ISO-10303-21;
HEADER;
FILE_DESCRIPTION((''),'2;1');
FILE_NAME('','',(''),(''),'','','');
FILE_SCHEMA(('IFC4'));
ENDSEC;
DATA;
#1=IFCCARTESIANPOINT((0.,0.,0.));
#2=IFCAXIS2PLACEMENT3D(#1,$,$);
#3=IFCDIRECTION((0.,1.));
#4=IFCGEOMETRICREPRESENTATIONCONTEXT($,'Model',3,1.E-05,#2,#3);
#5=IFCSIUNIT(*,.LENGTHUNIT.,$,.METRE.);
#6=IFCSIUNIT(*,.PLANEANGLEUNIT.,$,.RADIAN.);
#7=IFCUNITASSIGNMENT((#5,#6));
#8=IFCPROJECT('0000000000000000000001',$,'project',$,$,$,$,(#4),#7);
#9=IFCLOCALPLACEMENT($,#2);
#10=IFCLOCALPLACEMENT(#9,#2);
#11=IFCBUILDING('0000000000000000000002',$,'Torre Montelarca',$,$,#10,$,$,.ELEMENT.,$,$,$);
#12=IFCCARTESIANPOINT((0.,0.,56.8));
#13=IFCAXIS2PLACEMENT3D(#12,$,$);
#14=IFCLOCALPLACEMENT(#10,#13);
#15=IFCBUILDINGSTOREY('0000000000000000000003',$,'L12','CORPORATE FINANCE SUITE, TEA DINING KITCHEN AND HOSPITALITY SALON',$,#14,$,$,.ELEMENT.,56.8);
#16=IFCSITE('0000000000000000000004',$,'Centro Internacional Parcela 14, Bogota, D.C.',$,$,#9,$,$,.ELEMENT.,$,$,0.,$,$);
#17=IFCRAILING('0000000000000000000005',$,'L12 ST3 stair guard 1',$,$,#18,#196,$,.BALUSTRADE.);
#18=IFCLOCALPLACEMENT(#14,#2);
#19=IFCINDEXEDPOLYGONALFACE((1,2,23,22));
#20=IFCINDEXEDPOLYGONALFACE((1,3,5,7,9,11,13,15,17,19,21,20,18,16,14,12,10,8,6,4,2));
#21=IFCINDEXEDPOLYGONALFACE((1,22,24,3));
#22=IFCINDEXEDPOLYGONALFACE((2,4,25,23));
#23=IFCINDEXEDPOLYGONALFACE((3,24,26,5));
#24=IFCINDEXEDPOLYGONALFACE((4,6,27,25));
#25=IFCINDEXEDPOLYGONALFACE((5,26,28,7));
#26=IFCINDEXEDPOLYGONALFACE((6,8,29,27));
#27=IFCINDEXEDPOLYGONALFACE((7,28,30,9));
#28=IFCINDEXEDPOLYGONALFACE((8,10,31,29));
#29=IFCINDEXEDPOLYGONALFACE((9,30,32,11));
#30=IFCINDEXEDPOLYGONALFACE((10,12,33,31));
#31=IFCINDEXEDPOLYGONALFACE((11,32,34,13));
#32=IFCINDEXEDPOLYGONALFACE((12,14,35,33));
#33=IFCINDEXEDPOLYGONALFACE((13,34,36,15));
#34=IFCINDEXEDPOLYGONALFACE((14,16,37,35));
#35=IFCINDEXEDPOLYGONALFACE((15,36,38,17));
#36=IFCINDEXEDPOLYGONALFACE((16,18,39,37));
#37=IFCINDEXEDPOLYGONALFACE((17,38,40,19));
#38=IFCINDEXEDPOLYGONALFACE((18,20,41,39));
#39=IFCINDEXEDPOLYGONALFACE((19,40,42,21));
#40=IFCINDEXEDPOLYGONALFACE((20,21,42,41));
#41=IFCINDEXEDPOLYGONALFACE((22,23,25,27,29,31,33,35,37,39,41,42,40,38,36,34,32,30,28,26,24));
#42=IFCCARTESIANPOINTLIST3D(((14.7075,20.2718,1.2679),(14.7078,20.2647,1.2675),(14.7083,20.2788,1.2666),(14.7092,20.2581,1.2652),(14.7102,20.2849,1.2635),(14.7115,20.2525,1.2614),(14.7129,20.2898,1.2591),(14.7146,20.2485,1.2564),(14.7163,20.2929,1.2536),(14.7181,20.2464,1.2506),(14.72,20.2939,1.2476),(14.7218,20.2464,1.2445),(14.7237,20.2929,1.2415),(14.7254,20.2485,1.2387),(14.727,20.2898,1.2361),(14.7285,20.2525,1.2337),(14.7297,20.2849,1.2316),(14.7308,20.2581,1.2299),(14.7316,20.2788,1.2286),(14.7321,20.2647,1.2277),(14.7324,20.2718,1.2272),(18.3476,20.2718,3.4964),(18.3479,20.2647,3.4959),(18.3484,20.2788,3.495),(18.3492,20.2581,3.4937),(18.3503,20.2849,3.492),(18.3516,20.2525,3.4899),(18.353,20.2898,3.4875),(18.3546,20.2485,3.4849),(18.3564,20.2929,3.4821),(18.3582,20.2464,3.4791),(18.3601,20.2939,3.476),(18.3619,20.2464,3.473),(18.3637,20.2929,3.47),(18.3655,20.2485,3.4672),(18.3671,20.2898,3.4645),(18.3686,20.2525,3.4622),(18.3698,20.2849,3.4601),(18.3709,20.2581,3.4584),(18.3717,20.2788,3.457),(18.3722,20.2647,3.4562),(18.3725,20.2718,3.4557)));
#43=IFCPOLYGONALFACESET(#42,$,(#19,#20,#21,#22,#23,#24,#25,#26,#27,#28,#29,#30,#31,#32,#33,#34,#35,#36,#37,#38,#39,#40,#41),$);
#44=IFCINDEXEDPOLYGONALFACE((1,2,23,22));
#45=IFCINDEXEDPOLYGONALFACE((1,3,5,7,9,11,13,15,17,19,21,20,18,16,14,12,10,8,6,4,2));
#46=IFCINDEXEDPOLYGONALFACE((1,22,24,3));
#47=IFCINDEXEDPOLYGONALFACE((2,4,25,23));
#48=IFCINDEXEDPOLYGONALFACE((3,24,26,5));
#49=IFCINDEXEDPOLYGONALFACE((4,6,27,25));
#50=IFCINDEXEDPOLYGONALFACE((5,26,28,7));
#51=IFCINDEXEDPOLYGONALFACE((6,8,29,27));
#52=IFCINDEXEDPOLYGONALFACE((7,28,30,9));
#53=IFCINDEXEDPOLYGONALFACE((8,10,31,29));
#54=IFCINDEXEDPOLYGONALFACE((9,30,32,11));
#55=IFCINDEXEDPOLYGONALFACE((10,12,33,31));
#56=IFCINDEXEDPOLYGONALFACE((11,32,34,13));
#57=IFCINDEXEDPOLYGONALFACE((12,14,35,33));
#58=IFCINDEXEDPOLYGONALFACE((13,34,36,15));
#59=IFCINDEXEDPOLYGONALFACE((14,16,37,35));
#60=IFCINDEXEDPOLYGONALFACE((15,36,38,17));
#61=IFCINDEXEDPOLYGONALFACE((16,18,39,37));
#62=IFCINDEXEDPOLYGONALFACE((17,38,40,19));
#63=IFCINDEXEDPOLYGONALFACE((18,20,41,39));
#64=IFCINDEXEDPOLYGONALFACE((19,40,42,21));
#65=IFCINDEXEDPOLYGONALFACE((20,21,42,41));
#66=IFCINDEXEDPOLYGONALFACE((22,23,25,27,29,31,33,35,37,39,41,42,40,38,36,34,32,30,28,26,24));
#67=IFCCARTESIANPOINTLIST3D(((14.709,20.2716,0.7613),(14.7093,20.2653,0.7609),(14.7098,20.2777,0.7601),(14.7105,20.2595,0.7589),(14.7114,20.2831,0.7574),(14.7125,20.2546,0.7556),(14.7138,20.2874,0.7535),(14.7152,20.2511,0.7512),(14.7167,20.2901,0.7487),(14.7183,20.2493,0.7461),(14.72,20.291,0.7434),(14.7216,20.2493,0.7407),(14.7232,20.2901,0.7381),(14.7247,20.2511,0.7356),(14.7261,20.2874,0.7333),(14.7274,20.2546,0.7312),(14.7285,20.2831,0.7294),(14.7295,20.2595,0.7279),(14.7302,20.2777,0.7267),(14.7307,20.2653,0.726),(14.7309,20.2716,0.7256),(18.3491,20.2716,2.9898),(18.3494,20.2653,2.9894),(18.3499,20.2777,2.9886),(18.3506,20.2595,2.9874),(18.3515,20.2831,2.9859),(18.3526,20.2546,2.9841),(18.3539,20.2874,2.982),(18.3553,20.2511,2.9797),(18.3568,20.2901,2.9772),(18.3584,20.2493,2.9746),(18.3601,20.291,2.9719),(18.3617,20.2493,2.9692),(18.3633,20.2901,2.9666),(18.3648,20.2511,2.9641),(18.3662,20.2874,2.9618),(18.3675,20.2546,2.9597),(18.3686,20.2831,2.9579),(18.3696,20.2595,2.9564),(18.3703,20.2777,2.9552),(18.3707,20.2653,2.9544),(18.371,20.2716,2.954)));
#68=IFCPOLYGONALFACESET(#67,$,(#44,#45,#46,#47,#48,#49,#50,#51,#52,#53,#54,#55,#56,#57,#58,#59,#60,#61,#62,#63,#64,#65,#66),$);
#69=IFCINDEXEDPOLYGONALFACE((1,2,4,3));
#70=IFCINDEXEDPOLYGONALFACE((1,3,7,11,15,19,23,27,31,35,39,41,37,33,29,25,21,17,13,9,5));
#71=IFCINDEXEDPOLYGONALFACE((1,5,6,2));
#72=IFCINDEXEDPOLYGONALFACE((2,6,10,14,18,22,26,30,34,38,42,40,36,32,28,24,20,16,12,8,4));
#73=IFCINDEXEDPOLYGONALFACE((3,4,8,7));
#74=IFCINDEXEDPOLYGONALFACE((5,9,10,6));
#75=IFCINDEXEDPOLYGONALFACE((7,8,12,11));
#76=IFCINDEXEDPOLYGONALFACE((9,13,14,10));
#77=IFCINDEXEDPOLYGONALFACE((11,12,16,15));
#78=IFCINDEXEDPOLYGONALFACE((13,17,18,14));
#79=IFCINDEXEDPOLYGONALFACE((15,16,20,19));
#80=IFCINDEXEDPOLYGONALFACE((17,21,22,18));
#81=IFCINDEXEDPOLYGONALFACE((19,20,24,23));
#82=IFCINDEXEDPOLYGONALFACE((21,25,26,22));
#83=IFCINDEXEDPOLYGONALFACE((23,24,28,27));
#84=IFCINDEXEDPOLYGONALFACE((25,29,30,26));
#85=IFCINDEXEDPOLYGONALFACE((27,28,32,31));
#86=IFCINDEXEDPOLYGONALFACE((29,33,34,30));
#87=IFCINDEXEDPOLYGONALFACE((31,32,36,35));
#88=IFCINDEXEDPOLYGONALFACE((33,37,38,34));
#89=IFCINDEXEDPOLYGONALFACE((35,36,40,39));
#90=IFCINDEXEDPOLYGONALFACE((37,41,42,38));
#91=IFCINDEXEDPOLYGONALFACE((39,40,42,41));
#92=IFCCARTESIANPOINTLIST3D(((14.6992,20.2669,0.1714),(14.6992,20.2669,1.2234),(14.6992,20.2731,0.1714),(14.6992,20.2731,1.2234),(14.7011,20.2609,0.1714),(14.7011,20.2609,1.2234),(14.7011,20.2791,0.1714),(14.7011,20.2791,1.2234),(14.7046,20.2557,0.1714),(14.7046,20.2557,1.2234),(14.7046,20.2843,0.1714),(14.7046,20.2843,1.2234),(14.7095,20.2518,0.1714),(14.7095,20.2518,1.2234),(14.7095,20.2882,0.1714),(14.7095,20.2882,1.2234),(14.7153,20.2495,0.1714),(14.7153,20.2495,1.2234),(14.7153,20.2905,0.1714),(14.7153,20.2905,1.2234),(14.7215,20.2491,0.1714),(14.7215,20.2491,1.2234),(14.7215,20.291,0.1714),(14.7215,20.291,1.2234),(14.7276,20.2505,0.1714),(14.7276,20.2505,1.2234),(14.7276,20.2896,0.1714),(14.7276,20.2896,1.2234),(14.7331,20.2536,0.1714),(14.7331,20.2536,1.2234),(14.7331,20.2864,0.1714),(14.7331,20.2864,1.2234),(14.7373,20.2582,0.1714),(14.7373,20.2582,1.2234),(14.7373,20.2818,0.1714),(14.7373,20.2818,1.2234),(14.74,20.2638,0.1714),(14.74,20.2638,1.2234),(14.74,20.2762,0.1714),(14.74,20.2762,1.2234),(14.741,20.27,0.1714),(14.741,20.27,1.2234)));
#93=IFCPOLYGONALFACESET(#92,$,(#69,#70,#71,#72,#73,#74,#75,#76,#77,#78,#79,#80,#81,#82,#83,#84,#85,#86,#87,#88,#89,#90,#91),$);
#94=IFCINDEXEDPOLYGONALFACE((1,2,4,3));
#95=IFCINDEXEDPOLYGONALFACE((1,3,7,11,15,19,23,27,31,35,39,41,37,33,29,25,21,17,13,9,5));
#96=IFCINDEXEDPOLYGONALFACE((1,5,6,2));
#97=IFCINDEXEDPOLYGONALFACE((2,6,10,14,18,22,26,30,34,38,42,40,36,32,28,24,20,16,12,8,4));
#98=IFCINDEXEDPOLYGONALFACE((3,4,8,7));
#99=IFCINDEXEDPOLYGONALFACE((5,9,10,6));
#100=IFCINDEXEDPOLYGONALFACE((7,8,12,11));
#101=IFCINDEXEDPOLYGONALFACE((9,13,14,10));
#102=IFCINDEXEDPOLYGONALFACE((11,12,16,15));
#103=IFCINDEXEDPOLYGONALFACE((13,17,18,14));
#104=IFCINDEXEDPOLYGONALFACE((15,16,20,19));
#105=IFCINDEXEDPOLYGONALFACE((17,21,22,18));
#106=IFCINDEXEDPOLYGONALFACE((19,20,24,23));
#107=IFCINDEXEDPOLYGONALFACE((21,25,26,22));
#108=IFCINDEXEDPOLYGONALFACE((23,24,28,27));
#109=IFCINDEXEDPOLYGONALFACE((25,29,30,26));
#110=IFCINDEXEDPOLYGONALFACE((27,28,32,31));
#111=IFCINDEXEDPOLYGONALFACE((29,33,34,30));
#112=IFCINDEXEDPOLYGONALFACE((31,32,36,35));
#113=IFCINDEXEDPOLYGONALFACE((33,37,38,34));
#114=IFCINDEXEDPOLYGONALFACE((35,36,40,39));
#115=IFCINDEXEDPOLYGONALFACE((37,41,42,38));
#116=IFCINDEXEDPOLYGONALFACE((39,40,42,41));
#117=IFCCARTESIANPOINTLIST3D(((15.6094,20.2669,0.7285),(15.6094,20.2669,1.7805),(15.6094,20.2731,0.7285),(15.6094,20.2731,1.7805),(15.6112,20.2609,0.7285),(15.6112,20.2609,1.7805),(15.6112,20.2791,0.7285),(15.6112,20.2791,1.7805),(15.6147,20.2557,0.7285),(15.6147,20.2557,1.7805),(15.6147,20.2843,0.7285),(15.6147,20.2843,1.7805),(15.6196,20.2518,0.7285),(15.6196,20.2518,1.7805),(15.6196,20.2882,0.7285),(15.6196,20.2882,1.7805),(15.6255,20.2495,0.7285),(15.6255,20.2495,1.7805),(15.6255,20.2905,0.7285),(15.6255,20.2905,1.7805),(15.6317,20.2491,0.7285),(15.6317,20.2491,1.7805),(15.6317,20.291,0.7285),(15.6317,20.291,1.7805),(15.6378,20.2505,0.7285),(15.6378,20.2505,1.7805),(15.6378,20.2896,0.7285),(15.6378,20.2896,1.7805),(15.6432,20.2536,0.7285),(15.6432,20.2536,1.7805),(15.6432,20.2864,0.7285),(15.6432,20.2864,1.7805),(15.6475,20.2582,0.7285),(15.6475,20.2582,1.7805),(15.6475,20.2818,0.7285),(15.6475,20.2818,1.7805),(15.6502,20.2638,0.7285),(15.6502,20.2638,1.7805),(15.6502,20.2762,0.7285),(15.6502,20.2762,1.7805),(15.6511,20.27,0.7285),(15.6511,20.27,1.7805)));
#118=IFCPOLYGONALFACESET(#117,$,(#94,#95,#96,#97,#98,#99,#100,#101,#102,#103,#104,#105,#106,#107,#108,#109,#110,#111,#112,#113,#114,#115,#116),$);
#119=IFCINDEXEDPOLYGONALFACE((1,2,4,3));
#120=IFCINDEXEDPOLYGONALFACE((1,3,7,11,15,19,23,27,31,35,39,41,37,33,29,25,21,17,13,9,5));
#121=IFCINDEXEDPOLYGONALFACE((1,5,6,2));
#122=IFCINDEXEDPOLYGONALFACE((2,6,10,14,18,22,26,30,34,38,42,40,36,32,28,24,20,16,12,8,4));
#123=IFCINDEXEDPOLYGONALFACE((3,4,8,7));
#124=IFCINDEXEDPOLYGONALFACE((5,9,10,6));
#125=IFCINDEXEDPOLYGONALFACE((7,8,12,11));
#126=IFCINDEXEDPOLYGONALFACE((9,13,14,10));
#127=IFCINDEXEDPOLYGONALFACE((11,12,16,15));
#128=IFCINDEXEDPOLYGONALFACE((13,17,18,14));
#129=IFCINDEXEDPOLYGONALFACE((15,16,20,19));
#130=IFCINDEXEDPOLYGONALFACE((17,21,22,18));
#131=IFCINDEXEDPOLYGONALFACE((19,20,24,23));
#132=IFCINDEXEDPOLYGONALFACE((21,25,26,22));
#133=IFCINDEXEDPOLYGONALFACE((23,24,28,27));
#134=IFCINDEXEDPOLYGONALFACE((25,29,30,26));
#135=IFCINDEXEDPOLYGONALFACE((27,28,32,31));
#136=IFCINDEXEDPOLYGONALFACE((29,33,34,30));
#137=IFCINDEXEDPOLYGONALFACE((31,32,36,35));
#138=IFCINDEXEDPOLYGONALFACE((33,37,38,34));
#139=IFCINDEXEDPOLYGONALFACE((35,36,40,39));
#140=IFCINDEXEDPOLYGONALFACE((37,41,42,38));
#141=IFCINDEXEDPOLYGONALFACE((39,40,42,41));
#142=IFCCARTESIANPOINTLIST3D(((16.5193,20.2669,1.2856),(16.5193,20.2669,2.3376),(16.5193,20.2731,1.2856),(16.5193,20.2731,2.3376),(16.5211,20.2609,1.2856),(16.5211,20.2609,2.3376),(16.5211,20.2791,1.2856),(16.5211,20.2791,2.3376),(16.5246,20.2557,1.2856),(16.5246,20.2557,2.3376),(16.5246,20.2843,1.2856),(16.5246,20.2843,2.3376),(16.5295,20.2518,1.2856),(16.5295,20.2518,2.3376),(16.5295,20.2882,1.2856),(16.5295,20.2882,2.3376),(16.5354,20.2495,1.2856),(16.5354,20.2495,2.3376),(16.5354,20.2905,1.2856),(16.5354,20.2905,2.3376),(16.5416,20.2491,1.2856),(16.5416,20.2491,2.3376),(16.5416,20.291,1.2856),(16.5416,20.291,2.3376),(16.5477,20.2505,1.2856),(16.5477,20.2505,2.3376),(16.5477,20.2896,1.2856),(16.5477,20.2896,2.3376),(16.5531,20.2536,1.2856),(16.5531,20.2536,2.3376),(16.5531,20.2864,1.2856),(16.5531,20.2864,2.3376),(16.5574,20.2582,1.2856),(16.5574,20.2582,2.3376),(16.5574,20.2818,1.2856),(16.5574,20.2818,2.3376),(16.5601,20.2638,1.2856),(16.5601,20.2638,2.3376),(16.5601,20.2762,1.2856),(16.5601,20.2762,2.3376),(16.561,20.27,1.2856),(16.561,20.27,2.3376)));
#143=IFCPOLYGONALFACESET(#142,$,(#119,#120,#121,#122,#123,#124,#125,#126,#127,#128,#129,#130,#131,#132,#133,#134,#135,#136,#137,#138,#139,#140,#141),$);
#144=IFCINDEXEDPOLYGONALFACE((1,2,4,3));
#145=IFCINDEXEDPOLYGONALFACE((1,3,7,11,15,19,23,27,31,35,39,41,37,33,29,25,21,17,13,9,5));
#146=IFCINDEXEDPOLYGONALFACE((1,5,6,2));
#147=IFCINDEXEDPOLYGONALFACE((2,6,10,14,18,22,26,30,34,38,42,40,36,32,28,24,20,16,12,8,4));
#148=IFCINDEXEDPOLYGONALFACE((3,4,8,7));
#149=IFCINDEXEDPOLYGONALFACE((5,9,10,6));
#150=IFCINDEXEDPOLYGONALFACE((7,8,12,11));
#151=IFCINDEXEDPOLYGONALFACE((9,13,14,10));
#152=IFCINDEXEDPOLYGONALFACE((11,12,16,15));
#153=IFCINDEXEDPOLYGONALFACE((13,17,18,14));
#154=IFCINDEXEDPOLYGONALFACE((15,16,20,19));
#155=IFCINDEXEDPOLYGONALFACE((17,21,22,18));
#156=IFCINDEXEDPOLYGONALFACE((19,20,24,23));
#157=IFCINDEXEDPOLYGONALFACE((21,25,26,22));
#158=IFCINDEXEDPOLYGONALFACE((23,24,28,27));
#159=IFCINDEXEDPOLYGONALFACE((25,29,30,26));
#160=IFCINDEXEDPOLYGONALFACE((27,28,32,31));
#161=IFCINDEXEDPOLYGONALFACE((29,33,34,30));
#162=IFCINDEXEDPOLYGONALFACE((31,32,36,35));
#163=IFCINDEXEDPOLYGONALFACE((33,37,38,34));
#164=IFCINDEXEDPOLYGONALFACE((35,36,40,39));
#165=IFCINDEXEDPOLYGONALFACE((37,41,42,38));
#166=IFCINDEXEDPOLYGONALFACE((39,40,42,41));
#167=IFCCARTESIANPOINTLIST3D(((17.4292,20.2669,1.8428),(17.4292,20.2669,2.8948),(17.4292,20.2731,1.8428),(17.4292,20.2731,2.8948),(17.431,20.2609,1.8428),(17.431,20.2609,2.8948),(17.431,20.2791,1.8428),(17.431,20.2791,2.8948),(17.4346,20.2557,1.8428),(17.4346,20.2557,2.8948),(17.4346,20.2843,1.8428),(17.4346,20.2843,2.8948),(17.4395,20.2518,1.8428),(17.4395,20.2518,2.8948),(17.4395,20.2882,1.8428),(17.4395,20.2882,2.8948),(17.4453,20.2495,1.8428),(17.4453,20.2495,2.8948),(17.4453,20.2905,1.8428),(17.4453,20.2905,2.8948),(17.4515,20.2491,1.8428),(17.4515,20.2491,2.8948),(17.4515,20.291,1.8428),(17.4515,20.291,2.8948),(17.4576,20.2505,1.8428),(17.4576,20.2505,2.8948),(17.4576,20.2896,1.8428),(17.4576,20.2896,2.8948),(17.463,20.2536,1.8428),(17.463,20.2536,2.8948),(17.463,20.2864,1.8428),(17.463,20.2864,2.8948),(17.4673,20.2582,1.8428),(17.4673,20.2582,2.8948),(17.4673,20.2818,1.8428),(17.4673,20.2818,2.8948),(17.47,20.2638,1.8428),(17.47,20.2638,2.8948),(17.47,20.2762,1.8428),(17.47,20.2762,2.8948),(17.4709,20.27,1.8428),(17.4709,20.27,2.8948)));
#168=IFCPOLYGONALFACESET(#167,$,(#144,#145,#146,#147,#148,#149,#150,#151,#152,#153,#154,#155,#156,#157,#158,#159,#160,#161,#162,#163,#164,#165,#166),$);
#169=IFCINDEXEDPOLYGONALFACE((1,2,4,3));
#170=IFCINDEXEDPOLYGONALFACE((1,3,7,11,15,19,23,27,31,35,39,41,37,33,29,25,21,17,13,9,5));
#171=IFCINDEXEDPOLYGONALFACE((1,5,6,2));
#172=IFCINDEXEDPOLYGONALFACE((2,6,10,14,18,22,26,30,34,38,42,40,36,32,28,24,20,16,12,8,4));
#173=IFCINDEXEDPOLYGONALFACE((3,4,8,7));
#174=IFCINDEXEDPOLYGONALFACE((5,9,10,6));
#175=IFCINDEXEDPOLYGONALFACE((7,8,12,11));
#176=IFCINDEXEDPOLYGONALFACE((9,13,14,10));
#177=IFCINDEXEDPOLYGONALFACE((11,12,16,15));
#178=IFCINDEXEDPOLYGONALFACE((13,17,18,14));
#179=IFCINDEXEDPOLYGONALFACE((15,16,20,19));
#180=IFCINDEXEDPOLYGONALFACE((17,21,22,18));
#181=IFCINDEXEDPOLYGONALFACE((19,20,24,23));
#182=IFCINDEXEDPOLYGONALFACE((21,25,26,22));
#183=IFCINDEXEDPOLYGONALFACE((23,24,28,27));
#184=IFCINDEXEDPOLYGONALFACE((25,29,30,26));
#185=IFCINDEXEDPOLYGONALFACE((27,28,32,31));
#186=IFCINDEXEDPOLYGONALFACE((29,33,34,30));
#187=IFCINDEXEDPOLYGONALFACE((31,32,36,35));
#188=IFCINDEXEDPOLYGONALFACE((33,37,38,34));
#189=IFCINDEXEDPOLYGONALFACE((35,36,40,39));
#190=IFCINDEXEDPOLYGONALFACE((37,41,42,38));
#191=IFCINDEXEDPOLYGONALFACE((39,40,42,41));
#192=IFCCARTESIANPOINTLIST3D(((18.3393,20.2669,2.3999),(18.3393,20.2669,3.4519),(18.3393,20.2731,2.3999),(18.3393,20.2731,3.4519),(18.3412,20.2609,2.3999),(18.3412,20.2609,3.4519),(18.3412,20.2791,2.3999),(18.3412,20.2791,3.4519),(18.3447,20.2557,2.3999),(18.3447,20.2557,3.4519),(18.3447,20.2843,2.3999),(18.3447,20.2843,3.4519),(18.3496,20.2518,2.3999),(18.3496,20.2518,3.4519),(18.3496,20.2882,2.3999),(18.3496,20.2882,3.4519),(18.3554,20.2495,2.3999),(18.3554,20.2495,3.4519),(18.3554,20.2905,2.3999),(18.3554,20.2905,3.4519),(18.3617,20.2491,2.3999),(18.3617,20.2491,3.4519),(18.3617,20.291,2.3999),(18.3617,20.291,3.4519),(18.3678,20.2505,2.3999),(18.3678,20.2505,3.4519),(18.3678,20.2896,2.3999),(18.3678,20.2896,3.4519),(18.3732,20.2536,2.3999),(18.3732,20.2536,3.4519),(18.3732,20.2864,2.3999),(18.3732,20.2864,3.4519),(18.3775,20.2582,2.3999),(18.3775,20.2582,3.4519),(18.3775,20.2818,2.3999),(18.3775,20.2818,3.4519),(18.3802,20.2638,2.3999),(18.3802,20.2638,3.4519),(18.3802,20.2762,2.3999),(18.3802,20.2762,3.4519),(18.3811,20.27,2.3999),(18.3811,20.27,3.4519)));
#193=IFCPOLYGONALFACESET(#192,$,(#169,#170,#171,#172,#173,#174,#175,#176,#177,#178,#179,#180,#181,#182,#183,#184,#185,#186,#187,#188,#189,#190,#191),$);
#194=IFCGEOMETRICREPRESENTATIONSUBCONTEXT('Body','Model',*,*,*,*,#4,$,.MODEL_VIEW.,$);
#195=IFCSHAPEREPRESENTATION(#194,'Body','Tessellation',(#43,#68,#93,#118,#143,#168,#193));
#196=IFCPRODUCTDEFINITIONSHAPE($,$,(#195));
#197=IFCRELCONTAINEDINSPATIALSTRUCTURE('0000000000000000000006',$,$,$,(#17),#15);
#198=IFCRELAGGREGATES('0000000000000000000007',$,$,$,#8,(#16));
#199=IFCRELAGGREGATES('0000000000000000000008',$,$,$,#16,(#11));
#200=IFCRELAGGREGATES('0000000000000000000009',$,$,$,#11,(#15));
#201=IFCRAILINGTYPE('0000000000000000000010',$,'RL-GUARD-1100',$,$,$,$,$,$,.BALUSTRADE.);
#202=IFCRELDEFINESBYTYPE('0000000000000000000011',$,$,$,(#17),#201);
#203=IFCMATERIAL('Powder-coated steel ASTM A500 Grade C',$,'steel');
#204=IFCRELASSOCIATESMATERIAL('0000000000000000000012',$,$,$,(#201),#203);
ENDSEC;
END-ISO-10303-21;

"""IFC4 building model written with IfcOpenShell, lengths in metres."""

from ifc_helpers import new_model, si_unit, direction, frame, origin, origin_2d, place, context, subcontext, project, spatial, circle, extrude, material, type_object, element, save


model = new_model("IFC4")

# Units and contexts
model_context = context("Model", 3, precision=1e-05, world=origin(), true_north=direction((0.0, 1.0)))
body_context = subcontext(model_context, "Body", "Model", "MODEL_VIEW")
ifc_project = project(units=[si_unit("LENGTHUNIT", "METRE"), si_unit("PLANEANGLEUNIT", "RADIAN")], contexts=[model_context])

# Site, building, storey
site_placement = place(None, origin())
site = spatial("IfcSite", under=ifc_project, at=site_placement, Name="Centro Internacional Parcela 14, Bogota, D.C.", CompositionType="ELEMENT", RefElevation=0.0)
building_placement = place(site_placement, origin())
building = spatial("IfcBuilding", under=site, at=building_placement, Name="Torre Montelarca", CompositionType="ELEMENT")
storey_placement = place(building_placement, frame((0.0, 0.0, 56.8)))
storey = spatial("IfcBuildingStorey", under=building, at=storey_placement, Name="L12", Description="CORPORATE FINANCE SUITE, TEA DINING KITCHEN AND HOSPITALITY SALON", CompositionType="ELEMENT", Elevation=56.8)

# Railing
ifc_material_1 = material(Name="Powder-coated steel ASTM A500 Grade C", Category="steel")
railing_type_1 = type_object("IfcRailingType", Name="RL-GUARD-1100", PredefinedType="BALUSTRADE", material=ifc_material_1)
railing_1_placement = place(storey_placement, frame((14.72, 20.27, 0.1714)))
element("IfcRailing", 1, at=railing_1_placement, inside=storey, type_object=railing_type_1, Name="L12 ST3 stair guard 1", PredefinedType="BALUSTRADE", context=body_context, shape_type="SweptSolid", body=[
    extrude(circle(Radius=0.0239, at=origin_2d()), frame((0.0, 0.0, 1.0762), z_axis=(0.852866, 0.0, 0.52213), x_axis=(0.0, 1.0, 0.0)), (0.0, 0.0, 1.0), 4.2681),
    extrude(circle(Radius=0.021, at=origin_2d()), frame((0.0, 0.0, 0.572), z_axis=(0.852866, 0.0, 0.52213), x_axis=(0.0, 1.0, 0.0)), (0.0, 0.0, 1.0), 4.2681),
    extrude(circle(Radius=0.021, at=origin_2d()), origin(), (0.0, 0.0, 1.0), 1.052),
    extrude(circle(Radius=0.021, at=origin_2d()), frame((0.9102, 0.0, 0.5571)), (0.0, 0.0, 1.0), 1.052),
    extrude(circle(Radius=0.021, at=origin_2d()), frame((1.8201, 0.0, 1.1143)), (0.0, 0.0, 1.0), 1.052),
    extrude(circle(Radius=0.021, at=origin_2d()), frame((2.73, 0.0, 1.6714)), (0.0, 0.0, 1.0), 1.052),
    extrude(circle(Radius=0.021, at=origin_2d()), frame((3.6401, 0.0, 2.2285)), (0.0, 0.0, 1.0), 1.052),
])

save(model, "model.ifc")
